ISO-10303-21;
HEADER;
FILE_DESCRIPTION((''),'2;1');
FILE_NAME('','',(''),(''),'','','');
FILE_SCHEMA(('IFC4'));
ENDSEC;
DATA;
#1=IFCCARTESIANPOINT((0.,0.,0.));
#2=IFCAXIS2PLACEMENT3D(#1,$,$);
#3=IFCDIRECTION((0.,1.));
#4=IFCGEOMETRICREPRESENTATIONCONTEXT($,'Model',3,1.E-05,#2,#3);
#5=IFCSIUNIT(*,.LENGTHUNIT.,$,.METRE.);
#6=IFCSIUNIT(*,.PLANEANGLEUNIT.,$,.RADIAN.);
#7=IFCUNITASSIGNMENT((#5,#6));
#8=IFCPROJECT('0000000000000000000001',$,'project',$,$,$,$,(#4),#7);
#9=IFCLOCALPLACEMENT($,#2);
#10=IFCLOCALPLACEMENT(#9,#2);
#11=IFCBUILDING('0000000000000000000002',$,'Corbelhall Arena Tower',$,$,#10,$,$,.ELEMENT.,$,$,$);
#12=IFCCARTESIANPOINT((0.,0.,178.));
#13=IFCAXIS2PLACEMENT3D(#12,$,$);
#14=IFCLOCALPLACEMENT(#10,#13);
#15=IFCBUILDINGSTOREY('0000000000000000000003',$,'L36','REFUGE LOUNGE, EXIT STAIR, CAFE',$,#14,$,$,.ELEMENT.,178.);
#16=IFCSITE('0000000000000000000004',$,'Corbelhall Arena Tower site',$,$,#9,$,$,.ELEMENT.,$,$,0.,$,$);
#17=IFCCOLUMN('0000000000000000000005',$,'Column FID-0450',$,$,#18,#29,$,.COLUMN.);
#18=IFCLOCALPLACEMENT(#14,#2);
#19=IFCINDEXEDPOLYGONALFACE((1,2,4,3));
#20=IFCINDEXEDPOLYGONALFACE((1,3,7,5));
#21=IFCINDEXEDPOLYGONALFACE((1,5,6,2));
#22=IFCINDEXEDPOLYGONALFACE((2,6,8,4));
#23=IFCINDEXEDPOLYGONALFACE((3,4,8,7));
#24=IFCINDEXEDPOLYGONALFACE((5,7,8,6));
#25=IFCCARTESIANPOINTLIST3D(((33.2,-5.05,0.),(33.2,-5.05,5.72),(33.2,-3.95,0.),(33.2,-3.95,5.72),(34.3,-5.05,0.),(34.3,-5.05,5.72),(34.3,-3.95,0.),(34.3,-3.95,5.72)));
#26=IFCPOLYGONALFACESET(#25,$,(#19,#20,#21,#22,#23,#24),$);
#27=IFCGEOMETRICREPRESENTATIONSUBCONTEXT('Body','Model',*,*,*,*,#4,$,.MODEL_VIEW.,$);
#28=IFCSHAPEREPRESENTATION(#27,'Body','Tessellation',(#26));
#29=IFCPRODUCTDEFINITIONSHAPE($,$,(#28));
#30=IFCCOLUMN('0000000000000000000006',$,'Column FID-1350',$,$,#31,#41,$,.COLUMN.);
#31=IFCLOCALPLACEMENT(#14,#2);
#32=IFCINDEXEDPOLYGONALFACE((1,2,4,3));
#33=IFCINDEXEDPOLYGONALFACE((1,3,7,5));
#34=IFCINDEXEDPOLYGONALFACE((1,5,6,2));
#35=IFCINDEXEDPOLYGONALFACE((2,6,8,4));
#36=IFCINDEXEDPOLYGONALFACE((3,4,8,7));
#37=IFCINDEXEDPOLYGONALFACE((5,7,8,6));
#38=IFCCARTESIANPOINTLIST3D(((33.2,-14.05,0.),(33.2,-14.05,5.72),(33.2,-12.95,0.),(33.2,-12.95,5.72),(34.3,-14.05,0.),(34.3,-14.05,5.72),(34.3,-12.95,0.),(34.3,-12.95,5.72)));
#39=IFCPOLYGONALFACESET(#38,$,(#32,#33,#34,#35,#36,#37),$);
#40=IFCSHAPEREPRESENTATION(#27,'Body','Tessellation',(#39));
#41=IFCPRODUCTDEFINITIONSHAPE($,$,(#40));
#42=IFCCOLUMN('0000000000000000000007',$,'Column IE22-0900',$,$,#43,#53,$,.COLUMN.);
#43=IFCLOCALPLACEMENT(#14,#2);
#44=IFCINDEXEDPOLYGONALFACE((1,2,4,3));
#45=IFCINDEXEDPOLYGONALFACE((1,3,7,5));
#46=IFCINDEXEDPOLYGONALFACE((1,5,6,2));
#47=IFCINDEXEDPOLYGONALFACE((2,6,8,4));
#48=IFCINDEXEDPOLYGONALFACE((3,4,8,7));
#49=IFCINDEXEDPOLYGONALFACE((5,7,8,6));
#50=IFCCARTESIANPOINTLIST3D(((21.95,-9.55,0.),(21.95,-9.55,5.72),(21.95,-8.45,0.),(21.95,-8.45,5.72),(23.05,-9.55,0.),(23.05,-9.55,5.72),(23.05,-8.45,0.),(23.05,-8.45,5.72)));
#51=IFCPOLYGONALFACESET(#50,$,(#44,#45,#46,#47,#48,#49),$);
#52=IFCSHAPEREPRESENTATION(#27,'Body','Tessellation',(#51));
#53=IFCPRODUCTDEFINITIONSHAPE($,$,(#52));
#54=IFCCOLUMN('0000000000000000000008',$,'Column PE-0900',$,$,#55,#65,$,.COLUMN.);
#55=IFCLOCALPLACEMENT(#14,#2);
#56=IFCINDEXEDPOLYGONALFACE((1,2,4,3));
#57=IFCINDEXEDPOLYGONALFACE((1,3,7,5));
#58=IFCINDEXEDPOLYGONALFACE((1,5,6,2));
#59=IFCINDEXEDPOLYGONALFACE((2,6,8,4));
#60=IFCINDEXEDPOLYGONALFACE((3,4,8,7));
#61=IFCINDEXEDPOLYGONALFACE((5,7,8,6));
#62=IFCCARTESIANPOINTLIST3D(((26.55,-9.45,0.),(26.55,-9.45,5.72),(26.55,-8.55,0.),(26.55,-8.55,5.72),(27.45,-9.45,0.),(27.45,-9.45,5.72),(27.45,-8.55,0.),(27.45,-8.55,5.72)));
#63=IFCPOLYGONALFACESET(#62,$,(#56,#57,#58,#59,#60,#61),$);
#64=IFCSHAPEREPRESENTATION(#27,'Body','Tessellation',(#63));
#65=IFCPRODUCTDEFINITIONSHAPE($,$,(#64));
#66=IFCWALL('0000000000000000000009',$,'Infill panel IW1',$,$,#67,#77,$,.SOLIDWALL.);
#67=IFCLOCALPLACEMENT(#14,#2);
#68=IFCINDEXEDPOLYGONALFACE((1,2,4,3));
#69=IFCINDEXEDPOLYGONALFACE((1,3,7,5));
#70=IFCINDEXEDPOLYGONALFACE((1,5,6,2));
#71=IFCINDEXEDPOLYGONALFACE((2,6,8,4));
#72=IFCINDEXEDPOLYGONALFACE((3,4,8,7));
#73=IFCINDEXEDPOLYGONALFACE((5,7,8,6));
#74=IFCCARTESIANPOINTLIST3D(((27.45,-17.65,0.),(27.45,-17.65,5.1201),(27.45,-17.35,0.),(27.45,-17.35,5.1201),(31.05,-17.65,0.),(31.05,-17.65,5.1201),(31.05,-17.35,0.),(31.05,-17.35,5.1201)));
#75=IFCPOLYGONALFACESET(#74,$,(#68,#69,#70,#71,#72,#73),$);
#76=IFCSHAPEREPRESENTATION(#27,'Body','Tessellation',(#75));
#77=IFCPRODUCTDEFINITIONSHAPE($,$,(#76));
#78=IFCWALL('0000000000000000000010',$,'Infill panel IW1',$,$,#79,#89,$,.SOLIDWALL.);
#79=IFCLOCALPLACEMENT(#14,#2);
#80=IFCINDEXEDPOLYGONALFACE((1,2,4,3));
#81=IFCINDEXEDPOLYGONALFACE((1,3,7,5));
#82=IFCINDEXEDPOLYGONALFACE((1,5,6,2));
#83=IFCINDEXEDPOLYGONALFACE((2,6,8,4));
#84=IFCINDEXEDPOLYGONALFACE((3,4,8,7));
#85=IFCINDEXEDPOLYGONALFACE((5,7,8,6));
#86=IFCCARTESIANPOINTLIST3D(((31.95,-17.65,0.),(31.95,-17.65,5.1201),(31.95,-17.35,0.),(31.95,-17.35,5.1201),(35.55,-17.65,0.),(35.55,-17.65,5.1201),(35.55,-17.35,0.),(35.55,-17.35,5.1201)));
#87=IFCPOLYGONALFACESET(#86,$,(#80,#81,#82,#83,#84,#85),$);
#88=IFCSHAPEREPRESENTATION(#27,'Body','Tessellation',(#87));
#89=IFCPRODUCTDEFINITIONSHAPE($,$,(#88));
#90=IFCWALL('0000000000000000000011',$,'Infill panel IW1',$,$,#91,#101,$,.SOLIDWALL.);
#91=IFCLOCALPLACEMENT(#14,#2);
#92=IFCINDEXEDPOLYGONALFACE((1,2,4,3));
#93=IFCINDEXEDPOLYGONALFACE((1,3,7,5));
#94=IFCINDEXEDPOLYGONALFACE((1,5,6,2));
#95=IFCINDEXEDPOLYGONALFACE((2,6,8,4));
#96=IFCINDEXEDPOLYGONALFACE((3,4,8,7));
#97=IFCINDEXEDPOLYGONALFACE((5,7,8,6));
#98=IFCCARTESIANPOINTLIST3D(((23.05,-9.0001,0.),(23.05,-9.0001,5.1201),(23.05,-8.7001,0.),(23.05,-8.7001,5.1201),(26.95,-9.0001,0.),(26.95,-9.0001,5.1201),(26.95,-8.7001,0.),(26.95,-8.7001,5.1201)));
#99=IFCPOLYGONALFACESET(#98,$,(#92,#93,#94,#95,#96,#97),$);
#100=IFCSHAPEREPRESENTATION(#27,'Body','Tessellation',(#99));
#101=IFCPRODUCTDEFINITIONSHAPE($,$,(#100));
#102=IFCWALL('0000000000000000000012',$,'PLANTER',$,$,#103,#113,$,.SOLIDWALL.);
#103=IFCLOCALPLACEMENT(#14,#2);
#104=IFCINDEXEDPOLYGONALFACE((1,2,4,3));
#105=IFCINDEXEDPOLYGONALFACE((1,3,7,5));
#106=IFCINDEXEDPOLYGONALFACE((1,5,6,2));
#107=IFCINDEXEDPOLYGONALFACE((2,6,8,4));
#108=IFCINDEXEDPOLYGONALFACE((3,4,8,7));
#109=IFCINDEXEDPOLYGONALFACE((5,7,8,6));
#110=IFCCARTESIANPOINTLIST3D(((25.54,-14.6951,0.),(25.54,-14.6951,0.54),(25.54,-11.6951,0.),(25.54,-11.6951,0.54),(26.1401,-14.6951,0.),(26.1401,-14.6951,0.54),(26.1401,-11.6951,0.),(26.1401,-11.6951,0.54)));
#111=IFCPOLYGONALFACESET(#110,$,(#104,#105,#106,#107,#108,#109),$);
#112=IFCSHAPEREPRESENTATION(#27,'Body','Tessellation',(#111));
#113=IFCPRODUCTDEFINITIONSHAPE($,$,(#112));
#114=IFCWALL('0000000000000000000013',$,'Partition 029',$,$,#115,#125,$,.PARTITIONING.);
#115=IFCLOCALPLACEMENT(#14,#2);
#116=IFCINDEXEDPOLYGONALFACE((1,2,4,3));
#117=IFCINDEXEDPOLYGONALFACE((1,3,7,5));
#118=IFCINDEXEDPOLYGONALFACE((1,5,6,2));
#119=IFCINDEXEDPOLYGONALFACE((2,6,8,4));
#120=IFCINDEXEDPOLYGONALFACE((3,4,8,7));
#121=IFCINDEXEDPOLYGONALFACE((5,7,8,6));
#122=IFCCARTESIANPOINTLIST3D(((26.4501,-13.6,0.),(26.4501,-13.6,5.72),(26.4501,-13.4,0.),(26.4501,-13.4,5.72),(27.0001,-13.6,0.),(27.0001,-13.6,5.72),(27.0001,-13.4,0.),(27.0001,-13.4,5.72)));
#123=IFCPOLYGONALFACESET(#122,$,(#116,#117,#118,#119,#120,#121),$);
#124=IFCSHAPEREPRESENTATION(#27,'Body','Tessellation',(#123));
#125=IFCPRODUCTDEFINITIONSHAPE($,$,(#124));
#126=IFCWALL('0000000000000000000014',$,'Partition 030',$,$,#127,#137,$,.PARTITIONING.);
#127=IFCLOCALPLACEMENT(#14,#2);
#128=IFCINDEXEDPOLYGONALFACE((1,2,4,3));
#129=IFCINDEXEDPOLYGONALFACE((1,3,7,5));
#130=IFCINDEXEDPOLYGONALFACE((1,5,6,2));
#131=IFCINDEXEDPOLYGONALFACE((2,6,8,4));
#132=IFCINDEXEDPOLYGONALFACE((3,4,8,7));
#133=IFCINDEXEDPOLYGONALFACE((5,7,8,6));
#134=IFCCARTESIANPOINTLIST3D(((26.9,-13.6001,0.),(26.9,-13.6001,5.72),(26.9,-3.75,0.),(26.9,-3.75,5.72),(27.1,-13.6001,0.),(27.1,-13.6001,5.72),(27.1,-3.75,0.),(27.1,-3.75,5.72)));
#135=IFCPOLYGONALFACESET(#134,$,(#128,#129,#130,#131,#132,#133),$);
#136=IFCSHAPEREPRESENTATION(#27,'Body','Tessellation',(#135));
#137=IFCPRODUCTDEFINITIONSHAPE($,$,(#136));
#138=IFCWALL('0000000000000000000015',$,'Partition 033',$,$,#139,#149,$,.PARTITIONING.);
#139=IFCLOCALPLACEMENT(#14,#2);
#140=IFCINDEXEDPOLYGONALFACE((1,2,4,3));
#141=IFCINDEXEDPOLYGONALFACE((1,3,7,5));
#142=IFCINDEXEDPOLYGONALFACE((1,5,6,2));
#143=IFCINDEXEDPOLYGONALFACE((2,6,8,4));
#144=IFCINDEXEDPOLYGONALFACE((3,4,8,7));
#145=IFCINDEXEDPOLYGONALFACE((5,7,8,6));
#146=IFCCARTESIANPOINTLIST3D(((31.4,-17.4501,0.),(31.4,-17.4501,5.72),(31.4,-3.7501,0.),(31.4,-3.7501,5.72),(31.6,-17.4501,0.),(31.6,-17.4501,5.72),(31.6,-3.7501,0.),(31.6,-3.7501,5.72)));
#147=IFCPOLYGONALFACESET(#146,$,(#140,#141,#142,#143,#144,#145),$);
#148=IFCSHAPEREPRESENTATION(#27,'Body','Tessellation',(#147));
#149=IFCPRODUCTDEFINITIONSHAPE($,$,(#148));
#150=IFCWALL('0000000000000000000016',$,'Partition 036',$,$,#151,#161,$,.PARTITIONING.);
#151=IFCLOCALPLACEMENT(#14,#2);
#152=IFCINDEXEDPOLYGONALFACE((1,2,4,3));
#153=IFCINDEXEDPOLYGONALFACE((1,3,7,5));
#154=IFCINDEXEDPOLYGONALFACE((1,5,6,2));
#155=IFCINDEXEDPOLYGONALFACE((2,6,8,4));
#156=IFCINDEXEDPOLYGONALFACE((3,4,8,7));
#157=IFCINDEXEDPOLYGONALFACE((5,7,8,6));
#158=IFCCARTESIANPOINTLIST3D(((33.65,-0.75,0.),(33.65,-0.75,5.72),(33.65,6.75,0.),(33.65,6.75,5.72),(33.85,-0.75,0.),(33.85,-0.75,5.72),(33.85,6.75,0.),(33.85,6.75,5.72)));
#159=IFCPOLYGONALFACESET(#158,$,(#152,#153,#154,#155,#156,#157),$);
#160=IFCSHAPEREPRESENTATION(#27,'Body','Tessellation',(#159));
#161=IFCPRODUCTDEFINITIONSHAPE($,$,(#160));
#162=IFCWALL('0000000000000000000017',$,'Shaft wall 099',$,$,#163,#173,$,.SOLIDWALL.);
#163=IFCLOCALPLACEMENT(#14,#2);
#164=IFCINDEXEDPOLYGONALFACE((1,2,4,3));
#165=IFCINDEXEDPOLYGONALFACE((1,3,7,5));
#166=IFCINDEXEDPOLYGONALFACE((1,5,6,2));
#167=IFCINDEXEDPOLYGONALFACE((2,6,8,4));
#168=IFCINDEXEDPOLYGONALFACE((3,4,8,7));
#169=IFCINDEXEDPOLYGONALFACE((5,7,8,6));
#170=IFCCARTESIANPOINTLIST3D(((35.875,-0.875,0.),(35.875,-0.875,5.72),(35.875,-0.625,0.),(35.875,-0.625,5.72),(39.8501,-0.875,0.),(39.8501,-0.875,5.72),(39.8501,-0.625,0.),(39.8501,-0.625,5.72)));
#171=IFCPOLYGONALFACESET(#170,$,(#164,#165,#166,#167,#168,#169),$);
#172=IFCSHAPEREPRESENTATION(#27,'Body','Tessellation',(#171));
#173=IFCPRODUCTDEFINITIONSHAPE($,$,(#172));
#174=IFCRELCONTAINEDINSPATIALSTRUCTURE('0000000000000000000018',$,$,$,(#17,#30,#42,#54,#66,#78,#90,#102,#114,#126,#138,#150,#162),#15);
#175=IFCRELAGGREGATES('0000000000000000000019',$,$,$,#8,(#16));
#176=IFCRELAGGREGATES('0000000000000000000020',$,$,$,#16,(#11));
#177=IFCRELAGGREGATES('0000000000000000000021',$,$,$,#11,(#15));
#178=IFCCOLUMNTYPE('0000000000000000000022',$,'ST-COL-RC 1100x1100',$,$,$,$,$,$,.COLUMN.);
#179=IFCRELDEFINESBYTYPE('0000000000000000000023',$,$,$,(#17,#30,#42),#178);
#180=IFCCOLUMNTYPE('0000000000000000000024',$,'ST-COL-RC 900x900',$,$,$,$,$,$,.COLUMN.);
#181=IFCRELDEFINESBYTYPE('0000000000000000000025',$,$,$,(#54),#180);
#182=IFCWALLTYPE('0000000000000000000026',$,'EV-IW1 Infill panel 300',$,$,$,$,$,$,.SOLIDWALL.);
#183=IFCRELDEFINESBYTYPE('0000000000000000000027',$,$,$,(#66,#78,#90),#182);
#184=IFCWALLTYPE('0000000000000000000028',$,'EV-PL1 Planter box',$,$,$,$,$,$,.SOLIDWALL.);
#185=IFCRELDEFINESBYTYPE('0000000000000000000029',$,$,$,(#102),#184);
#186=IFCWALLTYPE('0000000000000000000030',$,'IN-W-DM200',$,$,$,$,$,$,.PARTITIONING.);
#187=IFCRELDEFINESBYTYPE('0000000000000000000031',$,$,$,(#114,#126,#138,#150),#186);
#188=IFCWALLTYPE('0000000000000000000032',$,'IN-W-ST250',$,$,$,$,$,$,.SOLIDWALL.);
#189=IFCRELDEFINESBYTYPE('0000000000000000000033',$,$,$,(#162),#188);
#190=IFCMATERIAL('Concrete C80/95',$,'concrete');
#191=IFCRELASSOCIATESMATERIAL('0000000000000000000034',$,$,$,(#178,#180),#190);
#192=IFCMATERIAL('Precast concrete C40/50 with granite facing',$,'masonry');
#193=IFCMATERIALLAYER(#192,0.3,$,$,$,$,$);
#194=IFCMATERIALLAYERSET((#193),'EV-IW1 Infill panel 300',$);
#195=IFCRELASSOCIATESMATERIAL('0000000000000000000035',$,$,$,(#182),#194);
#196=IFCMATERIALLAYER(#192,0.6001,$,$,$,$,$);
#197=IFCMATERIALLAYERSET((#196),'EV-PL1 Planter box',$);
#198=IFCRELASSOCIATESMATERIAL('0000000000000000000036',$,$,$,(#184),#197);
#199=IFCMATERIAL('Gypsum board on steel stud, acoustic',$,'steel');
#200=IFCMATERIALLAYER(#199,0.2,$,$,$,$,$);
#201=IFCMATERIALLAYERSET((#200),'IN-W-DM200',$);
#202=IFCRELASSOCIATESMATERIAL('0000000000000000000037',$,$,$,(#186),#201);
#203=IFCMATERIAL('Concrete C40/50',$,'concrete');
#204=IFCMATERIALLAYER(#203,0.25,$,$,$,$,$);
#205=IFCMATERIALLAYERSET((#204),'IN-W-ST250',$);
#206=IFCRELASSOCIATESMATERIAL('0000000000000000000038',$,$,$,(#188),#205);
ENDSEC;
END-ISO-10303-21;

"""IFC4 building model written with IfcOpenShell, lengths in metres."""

from ifc_helpers import new_model, si_unit, direction, frame, frame_2d, origin, origin_2d, place, context, subcontext, project, spatial, rectangle, extrude, material, layer, layer_set, material_profile, profile_set, type_object, element, save


model = new_model("IFC4")

# Units and contexts
model_context = context("Model", 3, precision=1e-05, world=origin(), true_north=direction((0.0, 1.0)))
body_context = subcontext(model_context, "Body", "Model", "MODEL_VIEW")
ifc_project = project(units=[si_unit("LENGTHUNIT", "METRE"), si_unit("PLANEANGLEUNIT", "RADIAN")], contexts=[model_context])

# Site, building, storey
site_placement = place(None, origin())
site = spatial("IfcSite", under=ifc_project, at=site_placement, Name="Corbelhall Arena Tower site", CompositionType="ELEMENT", RefElevation=0.0)
building_placement = place(site_placement, origin())
building = spatial("IfcBuilding", under=site, at=building_placement, Name="Corbelhall Arena Tower", CompositionType="ELEMENT")
storey_placement = place(building_placement, frame((0.0, 0.0, 178.0)))
storey = spatial("IfcBuildingStorey", under=building, at=storey_placement, Name="L36", Description="REFUGE LOUNGE, EXIT STAIR, CAFE", CompositionType="ELEMENT", Elevation=178.0)

# Columns
ifc_material_1 = material(Name="Concrete C80/95", Category="concrete")
ifc_material_profile_1 = material_profile(ifc_material_1, rectangle(XDim=1.1001, YDim=1.1001, at=origin_2d()))
ifc_profile_set_1 = profile_set([ifc_material_profile_1], Name="Concrete C80/95")
column_type_1 = type_object("IfcColumnType", Name="ST-COL-RC 1100x1100", PredefinedType="COLUMN", material=ifc_profile_set_1)
for number, where, z_axis, x_axis, name in (
    (1, (33.75, -4.5, 0.0), (0.0, 0.0, 1.0), (1.0, 0.0, 0.0), "Column FID-0450"),
    (2, (33.75, -13.5, 0.0), (0.0, 0.0, 1.0), (1.0, 0.0, 0.0), "Column FID-1350"),
    (3, (22.5, -9.0, 0.0), (0.0, 0.0, 1.0), (1.0, 0.0, 0.0), "Column IE22-0900"),
):
    element("IfcColumn", number, at=place(storey_placement, frame(where, z_axis=z_axis, x_axis=x_axis)), inside=storey, type_object=column_type_1, Name=name, PredefinedType="COLUMN", context=body_context, shape_type="SweptSolid", body=[
        extrude(rectangle(XDim=1.1001, YDim=1.1001, at=origin_2d()), origin(), (0.0, 0.0, 1.0), 5.72),
    ])
ifc_material_profile_2 = material_profile(ifc_material_1, rectangle(XDim=0.8999, YDim=0.8999, at=origin_2d()))
ifc_profile_set_2 = profile_set([ifc_material_profile_2], Name="Concrete C80/95")
column_type_2 = type_object("IfcColumnType", Name="ST-COL-RC 900x900", PredefinedType="COLUMN", material=ifc_profile_set_2)
column_placement = place(storey_placement, frame((27.0, -9.0, 0.0), z_axis=(0.0, 0.0, 1.0), x_axis=(1.0, 0.0, 0.0)))
element("IfcColumn", 4, at=column_placement, inside=storey, type_object=column_type_2, Name="Column PE-0900", PredefinedType="COLUMN", context=body_context, shape_type="SweptSolid", body=[
    extrude(rectangle(XDim=0.8999, YDim=0.8999, at=origin_2d()), origin(), (0.0, 0.0, 1.0), 5.72),
])

# Walls
ifc_material_2 = material(Name="Precast concrete C40/50 with granite facing", Category="masonry")
ifc_layer_1 = layer(ifc_material_2, 0.3)
ifc_layer_set_1 = layer_set([ifc_layer_1], Name="EV-IW1 Infill panel 300")
wall_type_1 = type_object("IfcWallType", Name="EV-IW1 Infill panel 300", PredefinedType="SOLIDWALL", material=ifc_layer_set_1)
for number, where, z_axis, x_axis, name in (
    (5, (27.45, -17.5, 0.0), (0.0, 0.0, 1.0), (1.0, 0.0, 0.0), "Infill panel IW1"),
    (6, (31.95, -17.5, 0.0), (0.0, 0.0, 1.0), (1.0, 0.0, 0.0), "Infill panel IW1"),
):
    element("IfcWall", number, at=place(storey_placement, frame(where, z_axis=z_axis, x_axis=x_axis)), inside=storey, type_object=wall_type_1, Name=name, PredefinedType="SOLIDWALL", context=body_context, shape_type="SweptSolid", body=[
        extrude(rectangle(XDim=3.6001, YDim=0.3, at=frame_2d((1.8, 0.0))), origin(), (0.0, 0.0, 1.0), 5.1201),
    ])
wall_1_placement = place(storey_placement, frame((23.05, -8.8501, 0.0), z_axis=(0.0, 0.0, 1.0), x_axis=(1.0, 0.0, 0.0)))
element("IfcWall", 7, at=wall_1_placement, inside=storey, type_object=wall_type_1, Name="Infill panel IW1", PredefinedType="SOLIDWALL", context=body_context, shape_type="SweptSolid", body=[
    extrude(rectangle(XDim=3.8999, YDim=0.3, at=frame_2d((1.95, 0.0))), origin(), (0.0, 0.0, 1.0), 5.1201),
])
ifc_layer_2 = layer(ifc_material_2, 0.6001)
ifc_layer_set_2 = layer_set([ifc_layer_2], Name="EV-PL1 Planter box")
wall_type_2 = type_object("IfcWallType", Name="EV-PL1 Planter box", PredefinedType="SOLIDWALL", material=ifc_layer_set_2)
wall_2_placement = place(storey_placement, frame((25.8401, -11.6951, 0.0), z_axis=(0.0, 0.0, 1.0), x_axis=(0.0, -1.0, 0.0)))
element("IfcWall", 8, at=wall_2_placement, inside=storey, type_object=wall_type_2, Name="PLANTER", PredefinedType="SOLIDWALL", context=body_context, shape_type="SweptSolid", body=[
    extrude(rectangle(XDim=3.0, YDim=0.6001, at=frame_2d((1.5, 0.0))), origin(), (0.0, 0.0, 1.0), 0.54),
])

# Shared definitions
ifc_material_3 = material(Name="Gypsum board on steel stud, acoustic", Category="steel")
ifc_layer_3 = layer(ifc_material_3, 0.2)
ifc_layer_set_3 = layer_set([ifc_layer_3], Name="IN-W-DM200")
wall_type_3 = type_object("IfcWallType", Name="IN-W-DM200", PredefinedType="PARTITIONING", material=ifc_layer_set_3)

# Walls
wall_3_placement = place(storey_placement, frame((27.0, -13.5, 0.0), z_axis=(0.0, 0.0, 1.0), x_axis=(-1.0, 0.0, 0.0)))
element("IfcWall", 9, at=wall_3_placement, inside=storey, type_object=wall_type_3, Name="Partition 029", PredefinedType="PARTITIONING", context=body_context, shape_type="SweptSolid", body=[
    extrude(rectangle(XDim=0.55, YDim=0.2, at=frame_2d((0.2749, 0.0))), origin(), (0.0, 0.0, 1.0), 5.72),
])
wall_4_placement = place(storey_placement, frame((27.0, -3.75, 0.0), z_axis=(0.0, 0.0, 1.0), x_axis=(0.0, -1.0, 0.0)))
element("IfcWall", 10, at=wall_4_placement, inside=storey, type_object=wall_type_3, Name="Partition 030", PredefinedType="PARTITIONING", context=body_context, shape_type="SweptSolid", body=[
    extrude(rectangle(XDim=9.8501, YDim=0.2, at=frame_2d((4.925, 0.0))), origin(), (0.0, 0.0, 1.0), 5.72),
])
wall_5_placement = place(storey_placement, frame((31.5, -3.75, 0.0), z_axis=(0.0, 0.0, 1.0), x_axis=(0.0, -1.0, 0.0)))
element("IfcWall", 11, at=wall_5_placement, inside=storey, type_object=wall_type_3, Name="Partition 033", PredefinedType="PARTITIONING", context=body_context, shape_type="SweptSolid", body=[
    extrude(rectangle(XDim=13.7, YDim=0.2, at=frame_2d((6.8501, 0.0))), origin(), (0.0, 0.0, 1.0), 5.72),
])

# Walls
wall_6_placement = place(storey_placement, frame((33.75, -0.75, 0.0), z_axis=(0.0, 0.0, 1.0), x_axis=(0.0, 1.0, 0.0)))
element("IfcWall", 12, at=wall_6_placement, inside=storey, type_object=wall_type_3, Name="Partition 036", PredefinedType="PARTITIONING", context=body_context, shape_type="SweptSolid", body=[
    extrude(rectangle(XDim=7.5, YDim=0.2, at=frame_2d((3.75, 0.0))), origin(), (0.0, 0.0, 1.0), 5.72),
])
ifc_material_4 = material(Name="Concrete C40/50", Category="concrete")
ifc_layer_4 = layer(ifc_material_4, 0.25)
ifc_layer_set_4 = layer_set([ifc_layer_4], Name="IN-W-ST250")
wall_type_4 = type_object("IfcWallType", Name="IN-W-ST250", PredefinedType="SOLIDWALL", material=ifc_layer_set_4)
wall_7_placement = place(storey_placement, frame((35.875, -0.75, 0.0), z_axis=(0.0, 0.0, 1.0), x_axis=(1.0, 0.0, 0.0)))
element("IfcWall", 13, at=wall_7_placement, inside=storey, type_object=wall_type_4, Name="Shaft wall 099", PredefinedType="SOLIDWALL", context=body_context, shape_type="SweptSolid", body=[
    extrude(rectangle(XDim=3.9751, YDim=0.25, at=frame_2d((1.9875, 0.0))), origin(), (0.0, 0.0, 1.0), 5.72),
])

save(model, "model.ifc")
